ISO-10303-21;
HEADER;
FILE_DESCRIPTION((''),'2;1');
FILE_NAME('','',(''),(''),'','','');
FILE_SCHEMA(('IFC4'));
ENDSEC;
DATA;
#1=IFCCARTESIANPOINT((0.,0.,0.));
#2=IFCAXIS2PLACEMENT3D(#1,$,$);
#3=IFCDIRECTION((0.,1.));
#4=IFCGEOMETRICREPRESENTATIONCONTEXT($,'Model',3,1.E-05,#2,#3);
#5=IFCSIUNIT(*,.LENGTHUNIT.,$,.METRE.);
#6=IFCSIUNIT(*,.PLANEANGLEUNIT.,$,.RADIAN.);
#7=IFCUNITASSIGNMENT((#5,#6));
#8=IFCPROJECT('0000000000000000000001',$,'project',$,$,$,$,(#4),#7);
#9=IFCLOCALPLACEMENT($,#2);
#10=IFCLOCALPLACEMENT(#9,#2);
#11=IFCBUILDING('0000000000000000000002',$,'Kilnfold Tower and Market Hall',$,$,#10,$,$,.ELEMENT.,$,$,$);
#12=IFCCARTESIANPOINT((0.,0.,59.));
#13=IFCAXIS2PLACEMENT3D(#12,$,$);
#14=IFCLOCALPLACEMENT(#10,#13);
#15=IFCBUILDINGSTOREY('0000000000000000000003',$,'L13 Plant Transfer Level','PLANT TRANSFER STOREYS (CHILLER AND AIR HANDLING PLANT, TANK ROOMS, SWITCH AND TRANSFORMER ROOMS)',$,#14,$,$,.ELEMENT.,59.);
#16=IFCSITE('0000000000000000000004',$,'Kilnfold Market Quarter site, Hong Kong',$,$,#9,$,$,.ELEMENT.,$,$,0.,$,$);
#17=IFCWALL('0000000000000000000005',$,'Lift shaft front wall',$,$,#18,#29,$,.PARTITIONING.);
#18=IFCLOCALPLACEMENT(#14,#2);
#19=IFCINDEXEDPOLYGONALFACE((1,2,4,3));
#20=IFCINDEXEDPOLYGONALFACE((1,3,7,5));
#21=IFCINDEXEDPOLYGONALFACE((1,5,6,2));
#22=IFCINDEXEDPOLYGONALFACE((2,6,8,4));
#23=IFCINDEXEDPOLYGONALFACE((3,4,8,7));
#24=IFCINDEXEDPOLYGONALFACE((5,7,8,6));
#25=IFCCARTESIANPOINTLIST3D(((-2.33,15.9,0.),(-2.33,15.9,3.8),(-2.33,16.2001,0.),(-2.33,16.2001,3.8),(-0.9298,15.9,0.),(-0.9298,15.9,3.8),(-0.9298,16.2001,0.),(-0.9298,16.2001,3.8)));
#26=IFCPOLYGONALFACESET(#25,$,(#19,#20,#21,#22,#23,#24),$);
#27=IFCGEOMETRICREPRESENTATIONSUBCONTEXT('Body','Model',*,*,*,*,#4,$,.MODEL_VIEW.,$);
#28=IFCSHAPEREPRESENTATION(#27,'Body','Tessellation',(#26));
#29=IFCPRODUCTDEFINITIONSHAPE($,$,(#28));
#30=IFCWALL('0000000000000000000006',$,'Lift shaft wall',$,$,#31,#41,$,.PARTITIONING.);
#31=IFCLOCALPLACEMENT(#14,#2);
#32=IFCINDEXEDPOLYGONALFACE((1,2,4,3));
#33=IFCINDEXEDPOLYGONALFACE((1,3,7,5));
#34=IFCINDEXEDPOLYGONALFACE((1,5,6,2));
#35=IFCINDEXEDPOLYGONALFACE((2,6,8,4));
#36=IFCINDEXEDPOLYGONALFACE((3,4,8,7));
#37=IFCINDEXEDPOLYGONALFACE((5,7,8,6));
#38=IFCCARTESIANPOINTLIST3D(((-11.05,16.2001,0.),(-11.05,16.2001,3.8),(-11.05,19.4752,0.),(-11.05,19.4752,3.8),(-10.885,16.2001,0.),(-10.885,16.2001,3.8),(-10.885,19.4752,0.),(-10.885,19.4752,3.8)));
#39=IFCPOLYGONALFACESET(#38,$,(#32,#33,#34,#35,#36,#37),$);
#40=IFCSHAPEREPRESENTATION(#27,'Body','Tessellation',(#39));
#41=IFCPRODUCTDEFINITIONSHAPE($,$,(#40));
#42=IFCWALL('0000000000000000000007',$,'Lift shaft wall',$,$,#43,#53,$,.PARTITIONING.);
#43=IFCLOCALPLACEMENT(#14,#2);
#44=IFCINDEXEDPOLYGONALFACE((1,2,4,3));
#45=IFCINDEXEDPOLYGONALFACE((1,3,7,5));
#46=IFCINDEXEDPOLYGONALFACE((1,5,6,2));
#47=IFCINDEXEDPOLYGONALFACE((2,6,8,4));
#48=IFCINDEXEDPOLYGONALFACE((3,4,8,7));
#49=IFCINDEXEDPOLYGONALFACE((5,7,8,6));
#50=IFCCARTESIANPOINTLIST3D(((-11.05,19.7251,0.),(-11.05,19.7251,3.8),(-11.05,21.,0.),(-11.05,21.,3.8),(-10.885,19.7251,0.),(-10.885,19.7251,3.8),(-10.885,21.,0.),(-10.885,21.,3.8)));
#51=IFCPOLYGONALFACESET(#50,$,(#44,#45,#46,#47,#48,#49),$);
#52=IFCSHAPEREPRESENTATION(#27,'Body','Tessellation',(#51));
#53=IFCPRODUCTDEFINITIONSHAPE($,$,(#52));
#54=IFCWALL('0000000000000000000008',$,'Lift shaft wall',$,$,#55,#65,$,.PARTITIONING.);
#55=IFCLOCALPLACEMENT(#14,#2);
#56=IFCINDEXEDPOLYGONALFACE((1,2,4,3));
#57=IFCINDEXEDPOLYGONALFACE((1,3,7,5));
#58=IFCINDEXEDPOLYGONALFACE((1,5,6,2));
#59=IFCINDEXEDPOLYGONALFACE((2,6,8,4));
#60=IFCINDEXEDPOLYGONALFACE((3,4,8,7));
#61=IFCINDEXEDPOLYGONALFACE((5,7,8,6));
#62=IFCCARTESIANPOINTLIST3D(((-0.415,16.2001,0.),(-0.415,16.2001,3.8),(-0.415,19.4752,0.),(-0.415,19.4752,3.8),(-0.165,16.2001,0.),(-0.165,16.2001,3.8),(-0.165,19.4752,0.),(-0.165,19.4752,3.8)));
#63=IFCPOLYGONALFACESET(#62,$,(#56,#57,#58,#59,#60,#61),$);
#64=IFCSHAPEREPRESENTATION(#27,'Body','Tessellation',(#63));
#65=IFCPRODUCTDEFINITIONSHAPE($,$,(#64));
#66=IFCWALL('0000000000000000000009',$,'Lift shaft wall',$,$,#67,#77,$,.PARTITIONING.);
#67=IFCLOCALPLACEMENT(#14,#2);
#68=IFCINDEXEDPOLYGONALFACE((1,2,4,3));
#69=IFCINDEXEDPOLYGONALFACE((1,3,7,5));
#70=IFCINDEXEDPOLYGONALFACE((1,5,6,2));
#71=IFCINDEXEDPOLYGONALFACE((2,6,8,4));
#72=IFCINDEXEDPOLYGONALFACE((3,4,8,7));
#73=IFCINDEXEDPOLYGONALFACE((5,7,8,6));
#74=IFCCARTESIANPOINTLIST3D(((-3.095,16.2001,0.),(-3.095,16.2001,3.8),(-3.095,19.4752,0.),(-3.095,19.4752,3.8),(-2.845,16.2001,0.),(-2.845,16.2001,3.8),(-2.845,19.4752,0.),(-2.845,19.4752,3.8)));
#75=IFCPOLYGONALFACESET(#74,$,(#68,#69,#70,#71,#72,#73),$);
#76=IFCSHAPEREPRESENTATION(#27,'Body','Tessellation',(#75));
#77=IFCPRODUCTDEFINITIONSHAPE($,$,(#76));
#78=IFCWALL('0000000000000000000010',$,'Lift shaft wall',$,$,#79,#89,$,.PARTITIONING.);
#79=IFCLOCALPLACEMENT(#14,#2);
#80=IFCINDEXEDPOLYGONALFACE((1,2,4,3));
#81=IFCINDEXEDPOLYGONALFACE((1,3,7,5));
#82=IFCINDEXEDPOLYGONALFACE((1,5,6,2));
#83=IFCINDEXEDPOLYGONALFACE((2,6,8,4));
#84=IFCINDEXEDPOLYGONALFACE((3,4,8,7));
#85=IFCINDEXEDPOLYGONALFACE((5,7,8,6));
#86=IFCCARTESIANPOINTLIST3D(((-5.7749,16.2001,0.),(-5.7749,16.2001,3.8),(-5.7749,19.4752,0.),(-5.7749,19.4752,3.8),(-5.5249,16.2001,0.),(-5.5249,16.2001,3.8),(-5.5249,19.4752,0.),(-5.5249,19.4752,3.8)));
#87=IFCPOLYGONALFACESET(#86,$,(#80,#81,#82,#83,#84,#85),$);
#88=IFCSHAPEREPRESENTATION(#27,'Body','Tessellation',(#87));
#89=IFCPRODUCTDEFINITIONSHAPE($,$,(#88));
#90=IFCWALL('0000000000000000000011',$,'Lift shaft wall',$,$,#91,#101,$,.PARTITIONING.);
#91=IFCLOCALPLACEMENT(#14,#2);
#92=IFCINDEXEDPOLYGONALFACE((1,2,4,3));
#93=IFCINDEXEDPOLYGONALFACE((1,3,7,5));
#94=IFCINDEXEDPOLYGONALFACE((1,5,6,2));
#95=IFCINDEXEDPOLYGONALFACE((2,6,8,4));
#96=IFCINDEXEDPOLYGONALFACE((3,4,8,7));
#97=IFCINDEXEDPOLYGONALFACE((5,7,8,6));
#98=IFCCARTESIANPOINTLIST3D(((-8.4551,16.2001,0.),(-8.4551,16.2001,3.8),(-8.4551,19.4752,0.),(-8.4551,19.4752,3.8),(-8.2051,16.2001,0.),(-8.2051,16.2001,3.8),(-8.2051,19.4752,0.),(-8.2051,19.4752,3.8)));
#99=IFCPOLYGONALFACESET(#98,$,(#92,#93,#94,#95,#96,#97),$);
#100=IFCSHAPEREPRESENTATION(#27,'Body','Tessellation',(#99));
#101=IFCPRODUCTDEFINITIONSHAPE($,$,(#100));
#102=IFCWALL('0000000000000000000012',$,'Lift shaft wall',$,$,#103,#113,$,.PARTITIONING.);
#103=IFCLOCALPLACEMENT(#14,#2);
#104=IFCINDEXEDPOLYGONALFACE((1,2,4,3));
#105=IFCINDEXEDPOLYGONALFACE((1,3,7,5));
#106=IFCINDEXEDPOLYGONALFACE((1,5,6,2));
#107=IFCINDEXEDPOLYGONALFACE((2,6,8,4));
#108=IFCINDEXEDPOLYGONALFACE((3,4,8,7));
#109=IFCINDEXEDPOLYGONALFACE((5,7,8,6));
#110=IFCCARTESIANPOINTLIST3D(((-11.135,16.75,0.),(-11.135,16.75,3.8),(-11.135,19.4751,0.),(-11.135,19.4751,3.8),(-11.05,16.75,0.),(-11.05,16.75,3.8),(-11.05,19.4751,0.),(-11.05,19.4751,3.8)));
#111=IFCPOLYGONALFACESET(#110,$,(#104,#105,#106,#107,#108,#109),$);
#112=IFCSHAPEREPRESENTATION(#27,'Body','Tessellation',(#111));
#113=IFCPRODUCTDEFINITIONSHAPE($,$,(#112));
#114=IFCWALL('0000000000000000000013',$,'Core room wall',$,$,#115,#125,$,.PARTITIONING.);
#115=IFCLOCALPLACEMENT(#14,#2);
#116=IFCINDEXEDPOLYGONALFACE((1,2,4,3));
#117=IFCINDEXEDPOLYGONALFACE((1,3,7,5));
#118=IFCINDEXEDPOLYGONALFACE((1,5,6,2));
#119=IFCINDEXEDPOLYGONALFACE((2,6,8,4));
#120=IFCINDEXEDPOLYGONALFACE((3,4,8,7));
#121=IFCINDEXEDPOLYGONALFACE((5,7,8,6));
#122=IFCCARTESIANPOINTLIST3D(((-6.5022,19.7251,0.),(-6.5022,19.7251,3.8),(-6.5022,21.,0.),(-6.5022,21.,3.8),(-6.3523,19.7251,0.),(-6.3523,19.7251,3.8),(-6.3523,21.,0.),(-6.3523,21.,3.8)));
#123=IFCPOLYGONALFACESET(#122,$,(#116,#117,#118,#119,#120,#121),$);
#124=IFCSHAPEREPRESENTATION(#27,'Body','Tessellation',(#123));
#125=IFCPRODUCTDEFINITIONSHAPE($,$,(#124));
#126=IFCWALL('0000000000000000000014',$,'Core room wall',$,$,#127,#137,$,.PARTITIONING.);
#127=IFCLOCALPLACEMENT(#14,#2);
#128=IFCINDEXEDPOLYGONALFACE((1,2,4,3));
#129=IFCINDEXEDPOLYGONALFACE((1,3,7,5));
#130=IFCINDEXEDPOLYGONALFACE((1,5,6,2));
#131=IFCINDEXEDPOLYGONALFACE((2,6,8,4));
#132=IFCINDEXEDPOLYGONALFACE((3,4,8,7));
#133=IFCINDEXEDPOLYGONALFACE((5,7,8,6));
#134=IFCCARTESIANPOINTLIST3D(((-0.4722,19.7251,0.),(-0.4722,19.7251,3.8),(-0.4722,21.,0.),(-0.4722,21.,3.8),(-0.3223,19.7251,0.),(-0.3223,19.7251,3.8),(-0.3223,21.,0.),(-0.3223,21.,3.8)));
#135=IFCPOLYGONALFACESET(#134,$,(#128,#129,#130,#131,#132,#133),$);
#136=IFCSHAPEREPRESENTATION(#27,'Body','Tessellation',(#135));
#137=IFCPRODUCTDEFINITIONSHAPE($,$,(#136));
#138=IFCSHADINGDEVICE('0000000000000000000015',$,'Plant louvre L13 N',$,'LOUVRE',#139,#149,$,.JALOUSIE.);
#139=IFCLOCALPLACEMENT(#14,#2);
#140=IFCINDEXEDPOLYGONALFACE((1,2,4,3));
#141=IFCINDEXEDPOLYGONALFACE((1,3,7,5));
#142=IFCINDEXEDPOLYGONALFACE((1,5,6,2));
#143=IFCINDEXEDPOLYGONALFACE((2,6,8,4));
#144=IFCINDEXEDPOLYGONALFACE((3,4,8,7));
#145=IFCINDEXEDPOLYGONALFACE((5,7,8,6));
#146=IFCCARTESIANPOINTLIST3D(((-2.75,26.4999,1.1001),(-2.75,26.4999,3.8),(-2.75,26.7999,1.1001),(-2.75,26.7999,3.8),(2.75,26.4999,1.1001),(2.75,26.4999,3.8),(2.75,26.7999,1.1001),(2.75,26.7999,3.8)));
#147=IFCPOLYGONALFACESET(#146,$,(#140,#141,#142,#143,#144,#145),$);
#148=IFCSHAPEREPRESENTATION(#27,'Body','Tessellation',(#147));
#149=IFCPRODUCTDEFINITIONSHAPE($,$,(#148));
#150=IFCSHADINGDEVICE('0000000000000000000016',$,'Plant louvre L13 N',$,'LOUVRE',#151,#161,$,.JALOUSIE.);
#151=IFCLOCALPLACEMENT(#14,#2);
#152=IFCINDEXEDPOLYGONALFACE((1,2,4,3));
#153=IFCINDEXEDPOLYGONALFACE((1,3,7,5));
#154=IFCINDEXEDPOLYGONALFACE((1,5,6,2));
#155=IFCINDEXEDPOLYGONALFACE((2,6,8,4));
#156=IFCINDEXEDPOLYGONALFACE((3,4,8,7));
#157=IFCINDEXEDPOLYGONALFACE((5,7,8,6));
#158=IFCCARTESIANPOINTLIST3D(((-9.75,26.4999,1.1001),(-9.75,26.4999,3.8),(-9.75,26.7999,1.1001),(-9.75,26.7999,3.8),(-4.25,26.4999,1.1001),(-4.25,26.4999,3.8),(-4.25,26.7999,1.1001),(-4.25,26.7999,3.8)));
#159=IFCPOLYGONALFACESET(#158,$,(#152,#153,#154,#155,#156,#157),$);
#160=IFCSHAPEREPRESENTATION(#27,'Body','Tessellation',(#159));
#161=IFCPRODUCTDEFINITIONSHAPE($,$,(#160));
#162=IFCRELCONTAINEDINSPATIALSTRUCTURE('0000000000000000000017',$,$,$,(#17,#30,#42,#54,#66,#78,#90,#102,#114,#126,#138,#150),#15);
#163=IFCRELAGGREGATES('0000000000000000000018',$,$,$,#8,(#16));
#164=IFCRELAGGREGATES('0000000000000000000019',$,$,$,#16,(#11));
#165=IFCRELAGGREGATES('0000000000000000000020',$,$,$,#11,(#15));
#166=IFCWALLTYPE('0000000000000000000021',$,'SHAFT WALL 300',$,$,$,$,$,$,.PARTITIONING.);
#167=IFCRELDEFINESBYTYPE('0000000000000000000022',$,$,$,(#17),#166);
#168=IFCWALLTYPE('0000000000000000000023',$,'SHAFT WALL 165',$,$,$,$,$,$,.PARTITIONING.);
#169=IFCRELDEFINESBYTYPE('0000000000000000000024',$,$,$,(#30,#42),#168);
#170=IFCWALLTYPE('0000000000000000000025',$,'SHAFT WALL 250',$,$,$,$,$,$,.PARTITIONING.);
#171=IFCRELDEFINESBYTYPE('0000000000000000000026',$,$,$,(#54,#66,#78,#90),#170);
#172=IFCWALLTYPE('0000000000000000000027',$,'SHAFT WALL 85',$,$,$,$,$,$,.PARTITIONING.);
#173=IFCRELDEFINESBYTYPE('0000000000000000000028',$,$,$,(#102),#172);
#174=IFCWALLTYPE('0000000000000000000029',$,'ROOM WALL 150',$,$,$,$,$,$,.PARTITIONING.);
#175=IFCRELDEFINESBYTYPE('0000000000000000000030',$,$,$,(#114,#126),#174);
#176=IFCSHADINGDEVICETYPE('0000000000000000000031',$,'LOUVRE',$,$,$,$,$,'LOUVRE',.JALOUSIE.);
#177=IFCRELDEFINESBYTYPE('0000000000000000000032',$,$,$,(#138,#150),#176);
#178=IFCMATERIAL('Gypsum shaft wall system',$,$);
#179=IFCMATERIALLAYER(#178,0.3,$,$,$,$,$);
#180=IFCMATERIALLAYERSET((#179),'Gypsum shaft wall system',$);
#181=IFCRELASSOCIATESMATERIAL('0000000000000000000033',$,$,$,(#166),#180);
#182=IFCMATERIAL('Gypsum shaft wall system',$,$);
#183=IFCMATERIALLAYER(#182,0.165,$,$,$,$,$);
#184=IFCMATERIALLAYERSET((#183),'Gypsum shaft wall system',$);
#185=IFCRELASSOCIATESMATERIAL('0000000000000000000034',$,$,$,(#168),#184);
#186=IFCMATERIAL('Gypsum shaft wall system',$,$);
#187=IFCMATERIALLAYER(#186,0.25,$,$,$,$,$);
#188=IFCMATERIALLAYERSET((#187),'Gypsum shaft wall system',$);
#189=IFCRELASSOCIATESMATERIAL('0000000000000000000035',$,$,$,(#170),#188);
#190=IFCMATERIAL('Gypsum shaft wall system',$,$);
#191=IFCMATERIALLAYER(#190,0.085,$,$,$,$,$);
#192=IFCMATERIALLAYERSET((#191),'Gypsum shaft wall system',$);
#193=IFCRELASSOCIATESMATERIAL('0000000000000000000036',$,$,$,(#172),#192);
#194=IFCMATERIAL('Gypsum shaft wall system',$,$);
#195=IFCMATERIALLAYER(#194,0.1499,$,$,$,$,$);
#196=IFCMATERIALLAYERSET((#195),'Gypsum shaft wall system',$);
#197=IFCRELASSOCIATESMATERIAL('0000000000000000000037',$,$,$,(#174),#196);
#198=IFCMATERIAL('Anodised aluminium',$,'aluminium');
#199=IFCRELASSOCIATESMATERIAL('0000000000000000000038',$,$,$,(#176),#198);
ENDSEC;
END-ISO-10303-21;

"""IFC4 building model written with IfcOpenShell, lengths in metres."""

from ifc_helpers import new_model, si_unit, direction, frame, frame_2d, origin, origin_2d, place, context, subcontext, project, spatial, rectangle, extrude, source, transform, mapped, material, layer, layer_set, type_object, element, save


model = new_model("IFC4")

# Units and contexts
model_context = context("Model", 3, precision=1e-05, world=origin(), true_north=direction((0.0, 1.0)))
body_context = subcontext(model_context, "Body", "Model", "MODEL_VIEW")
ifc_project = project(units=[si_unit("LENGTHUNIT", "METRE"), si_unit("PLANEANGLEUNIT", "RADIAN")], contexts=[model_context])

# Site, building, storey
site_placement = place(None, origin())
site = spatial("IfcSite", under=ifc_project, at=site_placement, Name="Kilnfold Market Quarter site, Hong Kong", CompositionType="ELEMENT", RefElevation=0.0)
building_placement = place(site_placement, origin())
building = spatial("IfcBuilding", under=site, at=building_placement, Name="Kilnfold Tower and Market Hall", CompositionType="ELEMENT")
storey_placement = place(building_placement, frame((0.0, 0.0, 59.0)))
storey = spatial("IfcBuildingStorey", under=building, at=storey_placement, Name="L13 Plant Transfer Level", Description="PLANT TRANSFER STOREYS (CHILLER AND AIR HANDLING PLANT, TANK ROOMS, SWITCH AND TRANSFORMER ROOMS)", CompositionType="ELEMENT", Elevation=59.0)

# Shared definitions
ifc_material_1 = material(Name="Gypsum shaft wall system")
ifc_layer_1 = layer(ifc_material_1, 0.3)
ifc_layer_set_1 = layer_set([ifc_layer_1], Name="Gypsum shaft wall system")
wall_type_1 = type_object("IfcWallType", Name="SHAFT WALL 300", PredefinedType="PARTITIONING", material=ifc_layer_set_1)

# Walls
shared_shape_1 = source(origin(), body_context, "Body", "SweptSolid", [
    extrude(rectangle(XDim=1.4001, YDim=0.3, at=frame_2d((0.7002, 0.0))), origin(), (0.0, 0.0, 1.0), 3.8),
])
wall_1_placement = place(storey_placement, frame((-2.3301, 16.05, 0.0), z_axis=(0.0, 0.0, 1.0), x_axis=(1.0, 0.0, 0.0)))
element("IfcWall", 1, at=wall_1_placement, inside=storey, type_object=wall_type_1, Name="Lift shaft front wall", PredefinedType="PARTITIONING", context=body_context, shape_type="MappedRepresentation", body=[
    mapped(shared_shape_1, transform((0.0, 0.0, 0.0))),
])
ifc_material_2 = material(Name="Gypsum shaft wall system")
ifc_layer_2 = layer(ifc_material_2, 0.165)
ifc_layer_set_2 = layer_set([ifc_layer_2], Name="Gypsum shaft wall system")
wall_type_2 = type_object("IfcWallType", Name="SHAFT WALL 165", PredefinedType="PARTITIONING", material=ifc_layer_set_2)
shared_shape_2 = source(origin(), body_context, "Body", "SweptSolid", [
    extrude(rectangle(XDim=3.2751, YDim=0.165, at=frame_2d((1.6377, 0.0))), origin(), (0.0, 0.0, 1.0), 3.8),
])
wall_2_placement = place(storey_placement, frame((-10.9675, 16.2, 0.0), z_axis=(0.0, 0.0, 1.0), x_axis=(0.0, 1.0, 0.0)))
element("IfcWall", 2, at=wall_2_placement, inside=storey, type_object=wall_type_2, Name="Lift shaft wall", PredefinedType="PARTITIONING", context=body_context, shape_type="MappedRepresentation", body=[
    mapped(shared_shape_2, transform((0.0, 0.0, 0.0))),
])
shared_shape_3 = source(origin(), body_context, "Body", "SweptSolid", [
    extrude(rectangle(XDim=1.2749, YDim=0.165, at=frame_2d((0.6375, 0.0))), origin(), (0.0, 0.0, 1.0), 3.8),
])
wall_3_placement = place(storey_placement, frame((-10.9675, 19.7251, 0.0), z_axis=(0.0, 0.0, 1.0), x_axis=(0.0, 1.0, 0.0)))
element("IfcWall", 3, at=wall_3_placement, inside=storey, type_object=wall_type_2, Name="Lift shaft wall", PredefinedType="PARTITIONING", context=body_context, shape_type="MappedRepresentation", body=[
    mapped(shared_shape_3, transform((0.0, 0.0, 0.0))),
])
ifc_material_3 = material(Name="Gypsum shaft wall system")
ifc_layer_3 = layer(ifc_material_3, 0.25)
ifc_layer_set_3 = layer_set([ifc_layer_3], Name="Gypsum shaft wall system")
wall_type_3 = type_object("IfcWallType", Name="SHAFT WALL 250", PredefinedType="PARTITIONING", material=ifc_layer_set_3)
shared_shape_4 = source(origin(), body_context, "Body", "SweptSolid", [
    extrude(rectangle(XDim=3.2751, YDim=0.25, at=frame_2d((1.6377, 0.0))), origin(), (0.0, 0.0, 1.0), 3.8),
])
for number, where, z_axis, x_axis, name in (
    (4, (-0.29, 16.2, 0.0), (0.0, 0.0, 1.0), (0.0, 1.0, 0.0), "Lift shaft wall"),
    (5, (-2.97, 16.2, 0.0), (0.0, 0.0, 1.0), (0.0, 1.0, 0.0), "Lift shaft wall"),
    (6, (-5.6499, 16.2, 0.0), (0.0, 0.0, 1.0), (0.0, 1.0, 0.0), "Lift shaft wall"),
    (7, (-8.3301, 16.2, 0.0), (0.0, 0.0, 1.0), (0.0, 1.0, 0.0), "Lift shaft wall"),
):
    element("IfcWall", number, at=place(storey_placement, frame(where, z_axis=z_axis, x_axis=x_axis)), inside=storey, type_object=wall_type_3, Name=name, PredefinedType="PARTITIONING", context=body_context, shape_type="MappedRepresentation", body=[
        mapped(shared_shape_4, transform((0.0, 0.0, 0.0))),
    ])
ifc_material_4 = material(Name="Gypsum shaft wall system")
ifc_layer_4 = layer(ifc_material_4, 0.085)
ifc_layer_set_4 = layer_set([ifc_layer_4], Name="Gypsum shaft wall system")
wall_type_4 = type_object("IfcWallType", Name="SHAFT WALL 85", PredefinedType="PARTITIONING", material=ifc_layer_set_4)
shared_shape_5 = source(origin(), body_context, "Body", "SweptSolid", [
    extrude(rectangle(XDim=2.7251, YDim=0.085, at=frame_2d((1.3625, 0.0))), origin(), (0.0, 0.0, 1.0), 3.8),
])
wall_4_placement = place(storey_placement, frame((-11.0925, 16.75, 0.0), z_axis=(0.0, 0.0, 1.0), x_axis=(0.0, 1.0, 0.0)))
element("IfcWall", 8, at=wall_4_placement, inside=storey, type_object=wall_type_4, Name="Lift shaft wall", PredefinedType="PARTITIONING", context=body_context, shape_type="MappedRepresentation", body=[
    mapped(shared_shape_5, transform((0.0, 0.0, 0.0))),
])
ifc_material_5 = material(Name="Gypsum shaft wall system")
ifc_layer_5 = layer(ifc_material_5, 0.1499)
ifc_layer_set_5 = layer_set([ifc_layer_5], Name="Gypsum shaft wall system")
wall_type_5 = type_object("IfcWallType", Name="ROOM WALL 150", PredefinedType="PARTITIONING", material=ifc_layer_set_5)
shared_shape_6 = source(origin(), body_context, "Body", "SweptSolid", [
    extrude(rectangle(XDim=1.2749, YDim=0.1499, at=frame_2d((0.6375, 0.0))), origin(), (0.0, 0.0, 1.0), 3.8),
])
for number, where, z_axis, x_axis, name in (
    (9, (-6.4272, 19.7251, 0.0), (0.0, 0.0, 1.0), (0.0, 1.0, 0.0), "Core room wall"),
    (10, (-0.3972, 19.7251, 0.0), (0.0, 0.0, 1.0), (0.0, 1.0, 0.0), "Core room wall"),
):
    element("IfcWall", number, at=place(storey_placement, frame(where, z_axis=z_axis, x_axis=x_axis)), inside=storey, type_object=wall_type_5, Name=name, PredefinedType="PARTITIONING", context=body_context, shape_type="MappedRepresentation", body=[
        mapped(shared_shape_6, transform((0.0, 0.0, 0.0))),
    ])

# Shading devices
ifc_material_6 = material(Name="Anodised aluminium", Category="aluminium")
shading_device_type = type_object("IfcShadingDeviceType", Name="LOUVRE", ElementType="LOUVRE", PredefinedType="JALOUSIE", material=ifc_material_6)
shared_shape_7 = source(origin(), body_context, "Body", "SweptSolid", [
    extrude(rectangle(XDim=5.5, YDim=0.3, at=origin_2d()), origin(), (0.0, 0.0, 1.0), 2.7),
])
for number, where, z_axis, x_axis, name in (
    (11, (0.0, 26.6499, 1.1001), (0.0, 0.0, 1.0), (-1.0, 0.0, 0.0), "Plant louvre L13 N"),
    (12, (-7.0, 26.6499, 1.1001), (0.0, 0.0, 1.0), (-1.0, 0.0, 0.0), "Plant louvre L13 N"),
):
    element("IfcShadingDevice", number, at=place(storey_placement, frame(where, z_axis=z_axis, x_axis=x_axis)), inside=storey, type_object=shading_device_type, Name=name, ObjectType="LOUVRE", PredefinedType="JALOUSIE", context=body_context, shape_type="MappedRepresentation", body=[
        mapped(shared_shape_7, transform((0.0, 0.0, 0.0))),
    ])

save(model, "model.ifc")
